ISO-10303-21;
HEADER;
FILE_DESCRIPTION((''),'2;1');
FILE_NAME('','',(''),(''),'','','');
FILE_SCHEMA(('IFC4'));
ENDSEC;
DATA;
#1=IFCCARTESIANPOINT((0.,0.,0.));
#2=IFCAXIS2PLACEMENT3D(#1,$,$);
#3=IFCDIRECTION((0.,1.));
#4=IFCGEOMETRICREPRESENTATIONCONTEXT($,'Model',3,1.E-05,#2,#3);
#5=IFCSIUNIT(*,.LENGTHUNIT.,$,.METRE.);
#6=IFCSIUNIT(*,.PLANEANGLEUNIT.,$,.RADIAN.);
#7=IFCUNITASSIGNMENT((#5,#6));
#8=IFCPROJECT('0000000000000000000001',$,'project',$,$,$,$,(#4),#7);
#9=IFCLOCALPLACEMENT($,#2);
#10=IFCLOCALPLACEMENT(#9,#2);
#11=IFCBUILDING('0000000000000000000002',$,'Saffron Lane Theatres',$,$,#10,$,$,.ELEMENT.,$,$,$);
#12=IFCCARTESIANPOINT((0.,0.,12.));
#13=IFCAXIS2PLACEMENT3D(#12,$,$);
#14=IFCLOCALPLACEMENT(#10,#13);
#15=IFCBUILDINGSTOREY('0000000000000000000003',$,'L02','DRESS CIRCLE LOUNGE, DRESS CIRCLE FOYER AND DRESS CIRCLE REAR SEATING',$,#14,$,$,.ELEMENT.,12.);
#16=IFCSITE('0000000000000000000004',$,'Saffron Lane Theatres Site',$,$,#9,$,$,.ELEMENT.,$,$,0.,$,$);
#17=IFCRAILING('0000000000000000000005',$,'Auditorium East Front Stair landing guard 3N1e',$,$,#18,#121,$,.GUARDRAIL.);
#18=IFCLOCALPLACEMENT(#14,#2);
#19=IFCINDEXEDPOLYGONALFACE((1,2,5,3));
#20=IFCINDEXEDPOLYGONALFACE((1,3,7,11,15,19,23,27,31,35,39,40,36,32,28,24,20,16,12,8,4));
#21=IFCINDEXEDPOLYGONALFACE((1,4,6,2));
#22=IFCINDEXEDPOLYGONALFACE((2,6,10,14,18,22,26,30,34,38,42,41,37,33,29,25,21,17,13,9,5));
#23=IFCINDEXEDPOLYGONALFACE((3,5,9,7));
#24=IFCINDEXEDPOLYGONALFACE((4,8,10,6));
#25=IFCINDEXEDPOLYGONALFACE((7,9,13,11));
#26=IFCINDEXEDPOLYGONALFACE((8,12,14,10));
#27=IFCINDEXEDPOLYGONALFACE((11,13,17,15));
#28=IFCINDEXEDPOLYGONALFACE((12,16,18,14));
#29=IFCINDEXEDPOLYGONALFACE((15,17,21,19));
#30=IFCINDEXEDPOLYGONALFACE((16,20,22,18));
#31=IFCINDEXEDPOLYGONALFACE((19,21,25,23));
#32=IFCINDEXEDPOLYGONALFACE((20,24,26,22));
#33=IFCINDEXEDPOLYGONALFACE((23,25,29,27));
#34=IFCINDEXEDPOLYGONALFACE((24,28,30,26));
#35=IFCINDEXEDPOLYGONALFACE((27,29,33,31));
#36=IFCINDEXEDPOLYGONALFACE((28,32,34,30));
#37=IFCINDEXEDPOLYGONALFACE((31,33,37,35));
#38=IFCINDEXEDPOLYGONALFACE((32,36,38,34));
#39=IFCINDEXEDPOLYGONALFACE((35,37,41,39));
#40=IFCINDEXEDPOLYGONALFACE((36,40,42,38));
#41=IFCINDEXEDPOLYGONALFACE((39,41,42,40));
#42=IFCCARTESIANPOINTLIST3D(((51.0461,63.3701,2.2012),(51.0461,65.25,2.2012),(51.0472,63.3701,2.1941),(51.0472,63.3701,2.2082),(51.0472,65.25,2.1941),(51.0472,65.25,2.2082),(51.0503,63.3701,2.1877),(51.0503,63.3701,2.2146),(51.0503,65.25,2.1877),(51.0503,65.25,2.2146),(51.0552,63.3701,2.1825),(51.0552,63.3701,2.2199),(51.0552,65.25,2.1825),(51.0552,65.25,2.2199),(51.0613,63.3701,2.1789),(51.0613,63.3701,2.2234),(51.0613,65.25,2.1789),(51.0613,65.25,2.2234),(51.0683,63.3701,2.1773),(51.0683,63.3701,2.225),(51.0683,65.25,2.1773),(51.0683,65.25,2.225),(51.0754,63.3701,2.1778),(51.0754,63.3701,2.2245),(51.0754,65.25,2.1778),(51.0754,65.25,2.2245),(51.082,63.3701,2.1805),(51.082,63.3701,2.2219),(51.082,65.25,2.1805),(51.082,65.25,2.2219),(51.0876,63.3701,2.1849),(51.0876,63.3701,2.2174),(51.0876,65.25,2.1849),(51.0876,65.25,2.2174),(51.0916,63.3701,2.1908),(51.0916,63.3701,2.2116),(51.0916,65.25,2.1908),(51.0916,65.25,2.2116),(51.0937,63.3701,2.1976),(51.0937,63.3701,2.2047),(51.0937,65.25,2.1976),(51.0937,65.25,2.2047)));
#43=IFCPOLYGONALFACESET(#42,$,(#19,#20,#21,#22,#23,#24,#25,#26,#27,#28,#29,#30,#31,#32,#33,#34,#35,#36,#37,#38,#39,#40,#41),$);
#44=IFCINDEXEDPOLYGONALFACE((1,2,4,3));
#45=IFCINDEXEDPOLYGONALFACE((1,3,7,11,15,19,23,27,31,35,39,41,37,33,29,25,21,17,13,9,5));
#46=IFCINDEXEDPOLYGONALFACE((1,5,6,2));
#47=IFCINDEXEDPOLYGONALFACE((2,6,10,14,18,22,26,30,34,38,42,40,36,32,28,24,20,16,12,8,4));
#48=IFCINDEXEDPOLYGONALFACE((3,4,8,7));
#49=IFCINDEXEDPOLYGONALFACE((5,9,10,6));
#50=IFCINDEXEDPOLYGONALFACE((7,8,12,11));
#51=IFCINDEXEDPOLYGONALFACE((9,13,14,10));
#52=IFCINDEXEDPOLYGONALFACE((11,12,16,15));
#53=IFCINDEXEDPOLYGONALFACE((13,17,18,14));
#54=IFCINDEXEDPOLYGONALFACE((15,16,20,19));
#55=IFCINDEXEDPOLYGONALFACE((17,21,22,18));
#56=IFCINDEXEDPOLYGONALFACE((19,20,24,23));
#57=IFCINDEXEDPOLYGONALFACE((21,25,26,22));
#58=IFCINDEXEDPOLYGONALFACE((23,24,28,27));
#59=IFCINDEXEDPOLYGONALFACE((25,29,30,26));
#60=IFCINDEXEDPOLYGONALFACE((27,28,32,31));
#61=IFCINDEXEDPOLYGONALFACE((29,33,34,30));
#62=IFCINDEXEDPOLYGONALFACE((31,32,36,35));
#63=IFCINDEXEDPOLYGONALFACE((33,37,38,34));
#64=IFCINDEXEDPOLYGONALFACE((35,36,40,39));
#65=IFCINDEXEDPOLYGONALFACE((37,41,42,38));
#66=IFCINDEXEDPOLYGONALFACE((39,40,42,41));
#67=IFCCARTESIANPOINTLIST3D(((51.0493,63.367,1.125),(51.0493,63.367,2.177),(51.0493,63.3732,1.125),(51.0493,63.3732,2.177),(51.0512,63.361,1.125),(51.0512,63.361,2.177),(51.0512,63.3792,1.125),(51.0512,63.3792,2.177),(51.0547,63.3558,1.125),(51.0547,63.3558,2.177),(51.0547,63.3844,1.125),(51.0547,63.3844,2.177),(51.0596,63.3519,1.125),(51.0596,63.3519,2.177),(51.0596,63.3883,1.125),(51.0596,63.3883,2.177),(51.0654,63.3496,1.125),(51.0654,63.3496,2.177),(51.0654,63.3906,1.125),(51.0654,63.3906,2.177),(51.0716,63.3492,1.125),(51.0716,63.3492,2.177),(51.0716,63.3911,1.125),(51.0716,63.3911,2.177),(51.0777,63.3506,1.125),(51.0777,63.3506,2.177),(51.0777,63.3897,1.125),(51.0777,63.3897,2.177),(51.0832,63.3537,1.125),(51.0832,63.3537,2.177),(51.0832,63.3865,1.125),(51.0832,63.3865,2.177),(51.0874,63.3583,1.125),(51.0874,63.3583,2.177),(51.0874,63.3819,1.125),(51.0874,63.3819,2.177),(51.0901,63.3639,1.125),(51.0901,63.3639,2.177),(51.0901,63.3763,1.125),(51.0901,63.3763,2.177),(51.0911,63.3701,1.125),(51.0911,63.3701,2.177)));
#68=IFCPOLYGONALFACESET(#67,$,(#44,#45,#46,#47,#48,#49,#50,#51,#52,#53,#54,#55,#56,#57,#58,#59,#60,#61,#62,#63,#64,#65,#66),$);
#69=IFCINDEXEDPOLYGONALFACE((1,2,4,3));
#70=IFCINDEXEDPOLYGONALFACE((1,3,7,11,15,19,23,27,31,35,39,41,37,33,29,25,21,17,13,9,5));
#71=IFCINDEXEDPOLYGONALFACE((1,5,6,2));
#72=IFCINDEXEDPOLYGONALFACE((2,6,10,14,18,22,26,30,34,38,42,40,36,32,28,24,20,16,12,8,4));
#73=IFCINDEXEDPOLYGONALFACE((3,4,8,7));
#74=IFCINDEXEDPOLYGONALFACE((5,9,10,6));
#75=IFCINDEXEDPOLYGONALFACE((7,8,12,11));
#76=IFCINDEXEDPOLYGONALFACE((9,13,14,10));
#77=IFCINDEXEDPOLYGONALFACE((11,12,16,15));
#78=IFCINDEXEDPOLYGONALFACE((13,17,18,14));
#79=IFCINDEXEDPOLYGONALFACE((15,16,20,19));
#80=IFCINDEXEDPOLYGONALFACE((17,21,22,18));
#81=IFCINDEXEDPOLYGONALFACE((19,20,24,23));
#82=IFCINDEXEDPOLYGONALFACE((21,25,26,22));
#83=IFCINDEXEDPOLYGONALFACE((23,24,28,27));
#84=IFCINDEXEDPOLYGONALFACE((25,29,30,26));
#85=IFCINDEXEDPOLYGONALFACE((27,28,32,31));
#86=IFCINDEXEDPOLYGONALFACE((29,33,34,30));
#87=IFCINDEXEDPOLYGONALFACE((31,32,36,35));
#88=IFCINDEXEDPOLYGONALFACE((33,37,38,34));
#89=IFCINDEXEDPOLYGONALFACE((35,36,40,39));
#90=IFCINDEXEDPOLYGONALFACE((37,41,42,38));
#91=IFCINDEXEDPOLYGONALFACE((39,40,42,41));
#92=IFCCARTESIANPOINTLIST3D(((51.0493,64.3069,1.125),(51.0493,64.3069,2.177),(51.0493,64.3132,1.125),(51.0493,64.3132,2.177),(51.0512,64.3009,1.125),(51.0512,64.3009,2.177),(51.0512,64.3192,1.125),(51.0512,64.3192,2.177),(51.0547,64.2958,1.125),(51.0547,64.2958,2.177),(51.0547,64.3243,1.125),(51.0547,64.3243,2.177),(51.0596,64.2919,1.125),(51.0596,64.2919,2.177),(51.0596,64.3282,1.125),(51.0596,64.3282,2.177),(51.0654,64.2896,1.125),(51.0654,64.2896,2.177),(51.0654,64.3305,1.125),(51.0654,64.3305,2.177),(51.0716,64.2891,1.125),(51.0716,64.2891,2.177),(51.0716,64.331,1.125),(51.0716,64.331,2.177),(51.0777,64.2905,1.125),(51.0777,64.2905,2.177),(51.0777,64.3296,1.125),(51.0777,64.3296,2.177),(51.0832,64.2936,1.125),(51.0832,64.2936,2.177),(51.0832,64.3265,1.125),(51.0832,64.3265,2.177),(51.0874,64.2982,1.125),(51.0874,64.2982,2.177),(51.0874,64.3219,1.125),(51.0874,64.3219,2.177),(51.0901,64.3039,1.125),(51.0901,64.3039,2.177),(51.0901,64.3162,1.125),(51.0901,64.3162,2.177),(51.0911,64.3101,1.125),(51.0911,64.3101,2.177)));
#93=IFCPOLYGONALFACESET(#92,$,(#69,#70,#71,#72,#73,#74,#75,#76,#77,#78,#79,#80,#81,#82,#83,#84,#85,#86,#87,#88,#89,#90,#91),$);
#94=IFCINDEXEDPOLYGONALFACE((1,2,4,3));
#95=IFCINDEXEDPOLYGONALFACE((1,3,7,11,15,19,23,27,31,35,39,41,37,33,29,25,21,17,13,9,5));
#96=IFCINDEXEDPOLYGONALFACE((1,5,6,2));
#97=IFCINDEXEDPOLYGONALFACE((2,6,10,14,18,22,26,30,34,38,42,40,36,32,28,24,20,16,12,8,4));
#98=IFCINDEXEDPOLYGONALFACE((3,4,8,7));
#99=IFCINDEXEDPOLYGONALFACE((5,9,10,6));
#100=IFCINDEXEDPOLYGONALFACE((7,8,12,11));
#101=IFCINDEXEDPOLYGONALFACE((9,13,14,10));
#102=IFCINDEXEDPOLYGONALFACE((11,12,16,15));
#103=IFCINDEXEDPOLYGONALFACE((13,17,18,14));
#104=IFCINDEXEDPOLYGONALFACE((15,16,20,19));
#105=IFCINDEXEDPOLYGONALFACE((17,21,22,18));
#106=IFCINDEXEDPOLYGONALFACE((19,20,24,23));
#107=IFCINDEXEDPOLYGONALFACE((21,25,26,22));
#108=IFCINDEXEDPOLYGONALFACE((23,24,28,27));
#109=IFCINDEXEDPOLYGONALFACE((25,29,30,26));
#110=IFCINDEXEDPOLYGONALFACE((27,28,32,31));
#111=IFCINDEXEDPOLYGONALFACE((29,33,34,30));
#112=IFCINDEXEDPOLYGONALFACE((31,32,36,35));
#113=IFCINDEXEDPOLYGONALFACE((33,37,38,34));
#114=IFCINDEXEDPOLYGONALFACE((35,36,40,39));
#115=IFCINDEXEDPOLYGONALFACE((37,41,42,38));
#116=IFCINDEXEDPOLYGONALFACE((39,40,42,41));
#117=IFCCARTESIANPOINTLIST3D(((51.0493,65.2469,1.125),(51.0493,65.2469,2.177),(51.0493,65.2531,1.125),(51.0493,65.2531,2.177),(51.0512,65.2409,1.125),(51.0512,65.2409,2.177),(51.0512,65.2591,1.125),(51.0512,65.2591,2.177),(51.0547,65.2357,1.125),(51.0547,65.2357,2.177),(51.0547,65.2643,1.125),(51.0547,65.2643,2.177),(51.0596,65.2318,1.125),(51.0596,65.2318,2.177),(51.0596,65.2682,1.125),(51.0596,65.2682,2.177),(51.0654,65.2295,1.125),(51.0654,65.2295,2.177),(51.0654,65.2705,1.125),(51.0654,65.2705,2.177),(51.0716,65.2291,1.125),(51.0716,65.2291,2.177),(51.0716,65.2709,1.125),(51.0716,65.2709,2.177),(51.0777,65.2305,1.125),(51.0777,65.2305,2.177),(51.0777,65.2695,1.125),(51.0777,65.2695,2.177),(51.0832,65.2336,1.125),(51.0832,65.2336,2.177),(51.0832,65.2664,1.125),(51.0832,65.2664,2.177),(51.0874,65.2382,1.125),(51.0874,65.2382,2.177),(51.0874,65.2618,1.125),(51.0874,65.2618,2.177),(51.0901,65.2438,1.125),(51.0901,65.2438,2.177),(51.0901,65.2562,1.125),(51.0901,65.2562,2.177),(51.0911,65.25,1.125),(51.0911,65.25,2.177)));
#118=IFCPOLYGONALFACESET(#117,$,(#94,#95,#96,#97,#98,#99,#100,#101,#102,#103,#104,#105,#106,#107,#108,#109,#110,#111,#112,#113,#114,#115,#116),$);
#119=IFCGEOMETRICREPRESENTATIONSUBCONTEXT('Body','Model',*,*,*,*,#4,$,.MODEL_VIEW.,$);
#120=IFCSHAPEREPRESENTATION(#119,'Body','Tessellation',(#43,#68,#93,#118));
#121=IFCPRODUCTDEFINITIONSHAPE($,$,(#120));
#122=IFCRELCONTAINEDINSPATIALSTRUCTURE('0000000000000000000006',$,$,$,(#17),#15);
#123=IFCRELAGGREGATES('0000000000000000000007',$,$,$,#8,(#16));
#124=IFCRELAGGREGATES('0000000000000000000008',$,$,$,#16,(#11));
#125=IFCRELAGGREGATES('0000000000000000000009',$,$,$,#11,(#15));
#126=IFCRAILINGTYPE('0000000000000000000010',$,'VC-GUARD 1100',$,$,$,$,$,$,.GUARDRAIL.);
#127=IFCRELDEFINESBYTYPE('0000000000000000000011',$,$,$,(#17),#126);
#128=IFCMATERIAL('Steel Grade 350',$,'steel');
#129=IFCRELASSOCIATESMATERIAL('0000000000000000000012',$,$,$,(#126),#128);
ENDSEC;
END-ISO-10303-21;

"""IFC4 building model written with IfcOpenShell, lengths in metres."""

from ifc_helpers import new_model, si_unit, direction, frame, origin, origin_2d, place, context, subcontext, project, spatial, circle, extrude, material, type_object, element, save


model = new_model("IFC4")

# Units and contexts
model_context = context("Model", 3, precision=1e-05, world=origin(), true_north=direction((0.0, 1.0)))
body_context = subcontext(model_context, "Body", "Model", "MODEL_VIEW")
ifc_project = project(units=[si_unit("LENGTHUNIT", "METRE"), si_unit("PLANEANGLEUNIT", "RADIAN")], contexts=[model_context])

# Site, building, storey
site_placement = place(None, origin())
site = spatial("IfcSite", under=ifc_project, at=site_placement, Name="Saffron Lane Theatres Site", CompositionType="ELEMENT", RefElevation=0.0)
building_placement = place(site_placement, origin())
building = spatial("IfcBuilding", under=site, at=building_placement, Name="Saffron Lane Theatres", CompositionType="ELEMENT")
storey_placement = place(building_placement, frame((0.0, 0.0, 12.0)))
storey = spatial("IfcBuildingStorey", under=building, at=storey_placement, Name="L02", Description="DRESS CIRCLE LOUNGE, DRESS CIRCLE FOYER AND DRESS CIRCLE REAR SEATING", CompositionType="ELEMENT", Elevation=12.0)

# Railing
ifc_material_1 = material(Name="Steel Grade 350", Category="steel")
railing_type_1 = type_object("IfcRailingType", Name="VC-GUARD 1100", PredefinedType="GUARDRAIL", material=ifc_material_1)
railing_1_placement = place(storey_placement, frame((51.0701, 63.3701, 1.125)))
element("IfcRailing", 1, at=railing_1_placement, inside=storey, type_object=railing_type_1, Name="Auditorium East Front Stair landing guard 3N1e", PredefinedType="GUARDRAIL", context=body_context, shape_type="SweptSolid", body=[
    extrude(circle(Radius=0.0239, at=origin_2d()), frame((0.0, 0.0, 1.0762), z_axis=(0.0, 1.0, 0.0), x_axis=(-1.0, 0.0, 0.0)), (0.0, 0.0, 1.0), 1.8799),
    extrude(circle(Radius=0.021, at=origin_2d()), origin(), (0.0, 0.0, 1.0), 1.052),
    extrude(circle(Radius=0.021, at=origin_2d()), frame((0.0, 0.9399, 0.0)), (0.0, 0.0, 1.0), 1.052),
    extrude(circle(Radius=0.021, at=origin_2d()), frame((0.0, 1.8799, 0.0)), (0.0, 0.0, 1.0), 1.052),
])

save(model, "model.ifc")
